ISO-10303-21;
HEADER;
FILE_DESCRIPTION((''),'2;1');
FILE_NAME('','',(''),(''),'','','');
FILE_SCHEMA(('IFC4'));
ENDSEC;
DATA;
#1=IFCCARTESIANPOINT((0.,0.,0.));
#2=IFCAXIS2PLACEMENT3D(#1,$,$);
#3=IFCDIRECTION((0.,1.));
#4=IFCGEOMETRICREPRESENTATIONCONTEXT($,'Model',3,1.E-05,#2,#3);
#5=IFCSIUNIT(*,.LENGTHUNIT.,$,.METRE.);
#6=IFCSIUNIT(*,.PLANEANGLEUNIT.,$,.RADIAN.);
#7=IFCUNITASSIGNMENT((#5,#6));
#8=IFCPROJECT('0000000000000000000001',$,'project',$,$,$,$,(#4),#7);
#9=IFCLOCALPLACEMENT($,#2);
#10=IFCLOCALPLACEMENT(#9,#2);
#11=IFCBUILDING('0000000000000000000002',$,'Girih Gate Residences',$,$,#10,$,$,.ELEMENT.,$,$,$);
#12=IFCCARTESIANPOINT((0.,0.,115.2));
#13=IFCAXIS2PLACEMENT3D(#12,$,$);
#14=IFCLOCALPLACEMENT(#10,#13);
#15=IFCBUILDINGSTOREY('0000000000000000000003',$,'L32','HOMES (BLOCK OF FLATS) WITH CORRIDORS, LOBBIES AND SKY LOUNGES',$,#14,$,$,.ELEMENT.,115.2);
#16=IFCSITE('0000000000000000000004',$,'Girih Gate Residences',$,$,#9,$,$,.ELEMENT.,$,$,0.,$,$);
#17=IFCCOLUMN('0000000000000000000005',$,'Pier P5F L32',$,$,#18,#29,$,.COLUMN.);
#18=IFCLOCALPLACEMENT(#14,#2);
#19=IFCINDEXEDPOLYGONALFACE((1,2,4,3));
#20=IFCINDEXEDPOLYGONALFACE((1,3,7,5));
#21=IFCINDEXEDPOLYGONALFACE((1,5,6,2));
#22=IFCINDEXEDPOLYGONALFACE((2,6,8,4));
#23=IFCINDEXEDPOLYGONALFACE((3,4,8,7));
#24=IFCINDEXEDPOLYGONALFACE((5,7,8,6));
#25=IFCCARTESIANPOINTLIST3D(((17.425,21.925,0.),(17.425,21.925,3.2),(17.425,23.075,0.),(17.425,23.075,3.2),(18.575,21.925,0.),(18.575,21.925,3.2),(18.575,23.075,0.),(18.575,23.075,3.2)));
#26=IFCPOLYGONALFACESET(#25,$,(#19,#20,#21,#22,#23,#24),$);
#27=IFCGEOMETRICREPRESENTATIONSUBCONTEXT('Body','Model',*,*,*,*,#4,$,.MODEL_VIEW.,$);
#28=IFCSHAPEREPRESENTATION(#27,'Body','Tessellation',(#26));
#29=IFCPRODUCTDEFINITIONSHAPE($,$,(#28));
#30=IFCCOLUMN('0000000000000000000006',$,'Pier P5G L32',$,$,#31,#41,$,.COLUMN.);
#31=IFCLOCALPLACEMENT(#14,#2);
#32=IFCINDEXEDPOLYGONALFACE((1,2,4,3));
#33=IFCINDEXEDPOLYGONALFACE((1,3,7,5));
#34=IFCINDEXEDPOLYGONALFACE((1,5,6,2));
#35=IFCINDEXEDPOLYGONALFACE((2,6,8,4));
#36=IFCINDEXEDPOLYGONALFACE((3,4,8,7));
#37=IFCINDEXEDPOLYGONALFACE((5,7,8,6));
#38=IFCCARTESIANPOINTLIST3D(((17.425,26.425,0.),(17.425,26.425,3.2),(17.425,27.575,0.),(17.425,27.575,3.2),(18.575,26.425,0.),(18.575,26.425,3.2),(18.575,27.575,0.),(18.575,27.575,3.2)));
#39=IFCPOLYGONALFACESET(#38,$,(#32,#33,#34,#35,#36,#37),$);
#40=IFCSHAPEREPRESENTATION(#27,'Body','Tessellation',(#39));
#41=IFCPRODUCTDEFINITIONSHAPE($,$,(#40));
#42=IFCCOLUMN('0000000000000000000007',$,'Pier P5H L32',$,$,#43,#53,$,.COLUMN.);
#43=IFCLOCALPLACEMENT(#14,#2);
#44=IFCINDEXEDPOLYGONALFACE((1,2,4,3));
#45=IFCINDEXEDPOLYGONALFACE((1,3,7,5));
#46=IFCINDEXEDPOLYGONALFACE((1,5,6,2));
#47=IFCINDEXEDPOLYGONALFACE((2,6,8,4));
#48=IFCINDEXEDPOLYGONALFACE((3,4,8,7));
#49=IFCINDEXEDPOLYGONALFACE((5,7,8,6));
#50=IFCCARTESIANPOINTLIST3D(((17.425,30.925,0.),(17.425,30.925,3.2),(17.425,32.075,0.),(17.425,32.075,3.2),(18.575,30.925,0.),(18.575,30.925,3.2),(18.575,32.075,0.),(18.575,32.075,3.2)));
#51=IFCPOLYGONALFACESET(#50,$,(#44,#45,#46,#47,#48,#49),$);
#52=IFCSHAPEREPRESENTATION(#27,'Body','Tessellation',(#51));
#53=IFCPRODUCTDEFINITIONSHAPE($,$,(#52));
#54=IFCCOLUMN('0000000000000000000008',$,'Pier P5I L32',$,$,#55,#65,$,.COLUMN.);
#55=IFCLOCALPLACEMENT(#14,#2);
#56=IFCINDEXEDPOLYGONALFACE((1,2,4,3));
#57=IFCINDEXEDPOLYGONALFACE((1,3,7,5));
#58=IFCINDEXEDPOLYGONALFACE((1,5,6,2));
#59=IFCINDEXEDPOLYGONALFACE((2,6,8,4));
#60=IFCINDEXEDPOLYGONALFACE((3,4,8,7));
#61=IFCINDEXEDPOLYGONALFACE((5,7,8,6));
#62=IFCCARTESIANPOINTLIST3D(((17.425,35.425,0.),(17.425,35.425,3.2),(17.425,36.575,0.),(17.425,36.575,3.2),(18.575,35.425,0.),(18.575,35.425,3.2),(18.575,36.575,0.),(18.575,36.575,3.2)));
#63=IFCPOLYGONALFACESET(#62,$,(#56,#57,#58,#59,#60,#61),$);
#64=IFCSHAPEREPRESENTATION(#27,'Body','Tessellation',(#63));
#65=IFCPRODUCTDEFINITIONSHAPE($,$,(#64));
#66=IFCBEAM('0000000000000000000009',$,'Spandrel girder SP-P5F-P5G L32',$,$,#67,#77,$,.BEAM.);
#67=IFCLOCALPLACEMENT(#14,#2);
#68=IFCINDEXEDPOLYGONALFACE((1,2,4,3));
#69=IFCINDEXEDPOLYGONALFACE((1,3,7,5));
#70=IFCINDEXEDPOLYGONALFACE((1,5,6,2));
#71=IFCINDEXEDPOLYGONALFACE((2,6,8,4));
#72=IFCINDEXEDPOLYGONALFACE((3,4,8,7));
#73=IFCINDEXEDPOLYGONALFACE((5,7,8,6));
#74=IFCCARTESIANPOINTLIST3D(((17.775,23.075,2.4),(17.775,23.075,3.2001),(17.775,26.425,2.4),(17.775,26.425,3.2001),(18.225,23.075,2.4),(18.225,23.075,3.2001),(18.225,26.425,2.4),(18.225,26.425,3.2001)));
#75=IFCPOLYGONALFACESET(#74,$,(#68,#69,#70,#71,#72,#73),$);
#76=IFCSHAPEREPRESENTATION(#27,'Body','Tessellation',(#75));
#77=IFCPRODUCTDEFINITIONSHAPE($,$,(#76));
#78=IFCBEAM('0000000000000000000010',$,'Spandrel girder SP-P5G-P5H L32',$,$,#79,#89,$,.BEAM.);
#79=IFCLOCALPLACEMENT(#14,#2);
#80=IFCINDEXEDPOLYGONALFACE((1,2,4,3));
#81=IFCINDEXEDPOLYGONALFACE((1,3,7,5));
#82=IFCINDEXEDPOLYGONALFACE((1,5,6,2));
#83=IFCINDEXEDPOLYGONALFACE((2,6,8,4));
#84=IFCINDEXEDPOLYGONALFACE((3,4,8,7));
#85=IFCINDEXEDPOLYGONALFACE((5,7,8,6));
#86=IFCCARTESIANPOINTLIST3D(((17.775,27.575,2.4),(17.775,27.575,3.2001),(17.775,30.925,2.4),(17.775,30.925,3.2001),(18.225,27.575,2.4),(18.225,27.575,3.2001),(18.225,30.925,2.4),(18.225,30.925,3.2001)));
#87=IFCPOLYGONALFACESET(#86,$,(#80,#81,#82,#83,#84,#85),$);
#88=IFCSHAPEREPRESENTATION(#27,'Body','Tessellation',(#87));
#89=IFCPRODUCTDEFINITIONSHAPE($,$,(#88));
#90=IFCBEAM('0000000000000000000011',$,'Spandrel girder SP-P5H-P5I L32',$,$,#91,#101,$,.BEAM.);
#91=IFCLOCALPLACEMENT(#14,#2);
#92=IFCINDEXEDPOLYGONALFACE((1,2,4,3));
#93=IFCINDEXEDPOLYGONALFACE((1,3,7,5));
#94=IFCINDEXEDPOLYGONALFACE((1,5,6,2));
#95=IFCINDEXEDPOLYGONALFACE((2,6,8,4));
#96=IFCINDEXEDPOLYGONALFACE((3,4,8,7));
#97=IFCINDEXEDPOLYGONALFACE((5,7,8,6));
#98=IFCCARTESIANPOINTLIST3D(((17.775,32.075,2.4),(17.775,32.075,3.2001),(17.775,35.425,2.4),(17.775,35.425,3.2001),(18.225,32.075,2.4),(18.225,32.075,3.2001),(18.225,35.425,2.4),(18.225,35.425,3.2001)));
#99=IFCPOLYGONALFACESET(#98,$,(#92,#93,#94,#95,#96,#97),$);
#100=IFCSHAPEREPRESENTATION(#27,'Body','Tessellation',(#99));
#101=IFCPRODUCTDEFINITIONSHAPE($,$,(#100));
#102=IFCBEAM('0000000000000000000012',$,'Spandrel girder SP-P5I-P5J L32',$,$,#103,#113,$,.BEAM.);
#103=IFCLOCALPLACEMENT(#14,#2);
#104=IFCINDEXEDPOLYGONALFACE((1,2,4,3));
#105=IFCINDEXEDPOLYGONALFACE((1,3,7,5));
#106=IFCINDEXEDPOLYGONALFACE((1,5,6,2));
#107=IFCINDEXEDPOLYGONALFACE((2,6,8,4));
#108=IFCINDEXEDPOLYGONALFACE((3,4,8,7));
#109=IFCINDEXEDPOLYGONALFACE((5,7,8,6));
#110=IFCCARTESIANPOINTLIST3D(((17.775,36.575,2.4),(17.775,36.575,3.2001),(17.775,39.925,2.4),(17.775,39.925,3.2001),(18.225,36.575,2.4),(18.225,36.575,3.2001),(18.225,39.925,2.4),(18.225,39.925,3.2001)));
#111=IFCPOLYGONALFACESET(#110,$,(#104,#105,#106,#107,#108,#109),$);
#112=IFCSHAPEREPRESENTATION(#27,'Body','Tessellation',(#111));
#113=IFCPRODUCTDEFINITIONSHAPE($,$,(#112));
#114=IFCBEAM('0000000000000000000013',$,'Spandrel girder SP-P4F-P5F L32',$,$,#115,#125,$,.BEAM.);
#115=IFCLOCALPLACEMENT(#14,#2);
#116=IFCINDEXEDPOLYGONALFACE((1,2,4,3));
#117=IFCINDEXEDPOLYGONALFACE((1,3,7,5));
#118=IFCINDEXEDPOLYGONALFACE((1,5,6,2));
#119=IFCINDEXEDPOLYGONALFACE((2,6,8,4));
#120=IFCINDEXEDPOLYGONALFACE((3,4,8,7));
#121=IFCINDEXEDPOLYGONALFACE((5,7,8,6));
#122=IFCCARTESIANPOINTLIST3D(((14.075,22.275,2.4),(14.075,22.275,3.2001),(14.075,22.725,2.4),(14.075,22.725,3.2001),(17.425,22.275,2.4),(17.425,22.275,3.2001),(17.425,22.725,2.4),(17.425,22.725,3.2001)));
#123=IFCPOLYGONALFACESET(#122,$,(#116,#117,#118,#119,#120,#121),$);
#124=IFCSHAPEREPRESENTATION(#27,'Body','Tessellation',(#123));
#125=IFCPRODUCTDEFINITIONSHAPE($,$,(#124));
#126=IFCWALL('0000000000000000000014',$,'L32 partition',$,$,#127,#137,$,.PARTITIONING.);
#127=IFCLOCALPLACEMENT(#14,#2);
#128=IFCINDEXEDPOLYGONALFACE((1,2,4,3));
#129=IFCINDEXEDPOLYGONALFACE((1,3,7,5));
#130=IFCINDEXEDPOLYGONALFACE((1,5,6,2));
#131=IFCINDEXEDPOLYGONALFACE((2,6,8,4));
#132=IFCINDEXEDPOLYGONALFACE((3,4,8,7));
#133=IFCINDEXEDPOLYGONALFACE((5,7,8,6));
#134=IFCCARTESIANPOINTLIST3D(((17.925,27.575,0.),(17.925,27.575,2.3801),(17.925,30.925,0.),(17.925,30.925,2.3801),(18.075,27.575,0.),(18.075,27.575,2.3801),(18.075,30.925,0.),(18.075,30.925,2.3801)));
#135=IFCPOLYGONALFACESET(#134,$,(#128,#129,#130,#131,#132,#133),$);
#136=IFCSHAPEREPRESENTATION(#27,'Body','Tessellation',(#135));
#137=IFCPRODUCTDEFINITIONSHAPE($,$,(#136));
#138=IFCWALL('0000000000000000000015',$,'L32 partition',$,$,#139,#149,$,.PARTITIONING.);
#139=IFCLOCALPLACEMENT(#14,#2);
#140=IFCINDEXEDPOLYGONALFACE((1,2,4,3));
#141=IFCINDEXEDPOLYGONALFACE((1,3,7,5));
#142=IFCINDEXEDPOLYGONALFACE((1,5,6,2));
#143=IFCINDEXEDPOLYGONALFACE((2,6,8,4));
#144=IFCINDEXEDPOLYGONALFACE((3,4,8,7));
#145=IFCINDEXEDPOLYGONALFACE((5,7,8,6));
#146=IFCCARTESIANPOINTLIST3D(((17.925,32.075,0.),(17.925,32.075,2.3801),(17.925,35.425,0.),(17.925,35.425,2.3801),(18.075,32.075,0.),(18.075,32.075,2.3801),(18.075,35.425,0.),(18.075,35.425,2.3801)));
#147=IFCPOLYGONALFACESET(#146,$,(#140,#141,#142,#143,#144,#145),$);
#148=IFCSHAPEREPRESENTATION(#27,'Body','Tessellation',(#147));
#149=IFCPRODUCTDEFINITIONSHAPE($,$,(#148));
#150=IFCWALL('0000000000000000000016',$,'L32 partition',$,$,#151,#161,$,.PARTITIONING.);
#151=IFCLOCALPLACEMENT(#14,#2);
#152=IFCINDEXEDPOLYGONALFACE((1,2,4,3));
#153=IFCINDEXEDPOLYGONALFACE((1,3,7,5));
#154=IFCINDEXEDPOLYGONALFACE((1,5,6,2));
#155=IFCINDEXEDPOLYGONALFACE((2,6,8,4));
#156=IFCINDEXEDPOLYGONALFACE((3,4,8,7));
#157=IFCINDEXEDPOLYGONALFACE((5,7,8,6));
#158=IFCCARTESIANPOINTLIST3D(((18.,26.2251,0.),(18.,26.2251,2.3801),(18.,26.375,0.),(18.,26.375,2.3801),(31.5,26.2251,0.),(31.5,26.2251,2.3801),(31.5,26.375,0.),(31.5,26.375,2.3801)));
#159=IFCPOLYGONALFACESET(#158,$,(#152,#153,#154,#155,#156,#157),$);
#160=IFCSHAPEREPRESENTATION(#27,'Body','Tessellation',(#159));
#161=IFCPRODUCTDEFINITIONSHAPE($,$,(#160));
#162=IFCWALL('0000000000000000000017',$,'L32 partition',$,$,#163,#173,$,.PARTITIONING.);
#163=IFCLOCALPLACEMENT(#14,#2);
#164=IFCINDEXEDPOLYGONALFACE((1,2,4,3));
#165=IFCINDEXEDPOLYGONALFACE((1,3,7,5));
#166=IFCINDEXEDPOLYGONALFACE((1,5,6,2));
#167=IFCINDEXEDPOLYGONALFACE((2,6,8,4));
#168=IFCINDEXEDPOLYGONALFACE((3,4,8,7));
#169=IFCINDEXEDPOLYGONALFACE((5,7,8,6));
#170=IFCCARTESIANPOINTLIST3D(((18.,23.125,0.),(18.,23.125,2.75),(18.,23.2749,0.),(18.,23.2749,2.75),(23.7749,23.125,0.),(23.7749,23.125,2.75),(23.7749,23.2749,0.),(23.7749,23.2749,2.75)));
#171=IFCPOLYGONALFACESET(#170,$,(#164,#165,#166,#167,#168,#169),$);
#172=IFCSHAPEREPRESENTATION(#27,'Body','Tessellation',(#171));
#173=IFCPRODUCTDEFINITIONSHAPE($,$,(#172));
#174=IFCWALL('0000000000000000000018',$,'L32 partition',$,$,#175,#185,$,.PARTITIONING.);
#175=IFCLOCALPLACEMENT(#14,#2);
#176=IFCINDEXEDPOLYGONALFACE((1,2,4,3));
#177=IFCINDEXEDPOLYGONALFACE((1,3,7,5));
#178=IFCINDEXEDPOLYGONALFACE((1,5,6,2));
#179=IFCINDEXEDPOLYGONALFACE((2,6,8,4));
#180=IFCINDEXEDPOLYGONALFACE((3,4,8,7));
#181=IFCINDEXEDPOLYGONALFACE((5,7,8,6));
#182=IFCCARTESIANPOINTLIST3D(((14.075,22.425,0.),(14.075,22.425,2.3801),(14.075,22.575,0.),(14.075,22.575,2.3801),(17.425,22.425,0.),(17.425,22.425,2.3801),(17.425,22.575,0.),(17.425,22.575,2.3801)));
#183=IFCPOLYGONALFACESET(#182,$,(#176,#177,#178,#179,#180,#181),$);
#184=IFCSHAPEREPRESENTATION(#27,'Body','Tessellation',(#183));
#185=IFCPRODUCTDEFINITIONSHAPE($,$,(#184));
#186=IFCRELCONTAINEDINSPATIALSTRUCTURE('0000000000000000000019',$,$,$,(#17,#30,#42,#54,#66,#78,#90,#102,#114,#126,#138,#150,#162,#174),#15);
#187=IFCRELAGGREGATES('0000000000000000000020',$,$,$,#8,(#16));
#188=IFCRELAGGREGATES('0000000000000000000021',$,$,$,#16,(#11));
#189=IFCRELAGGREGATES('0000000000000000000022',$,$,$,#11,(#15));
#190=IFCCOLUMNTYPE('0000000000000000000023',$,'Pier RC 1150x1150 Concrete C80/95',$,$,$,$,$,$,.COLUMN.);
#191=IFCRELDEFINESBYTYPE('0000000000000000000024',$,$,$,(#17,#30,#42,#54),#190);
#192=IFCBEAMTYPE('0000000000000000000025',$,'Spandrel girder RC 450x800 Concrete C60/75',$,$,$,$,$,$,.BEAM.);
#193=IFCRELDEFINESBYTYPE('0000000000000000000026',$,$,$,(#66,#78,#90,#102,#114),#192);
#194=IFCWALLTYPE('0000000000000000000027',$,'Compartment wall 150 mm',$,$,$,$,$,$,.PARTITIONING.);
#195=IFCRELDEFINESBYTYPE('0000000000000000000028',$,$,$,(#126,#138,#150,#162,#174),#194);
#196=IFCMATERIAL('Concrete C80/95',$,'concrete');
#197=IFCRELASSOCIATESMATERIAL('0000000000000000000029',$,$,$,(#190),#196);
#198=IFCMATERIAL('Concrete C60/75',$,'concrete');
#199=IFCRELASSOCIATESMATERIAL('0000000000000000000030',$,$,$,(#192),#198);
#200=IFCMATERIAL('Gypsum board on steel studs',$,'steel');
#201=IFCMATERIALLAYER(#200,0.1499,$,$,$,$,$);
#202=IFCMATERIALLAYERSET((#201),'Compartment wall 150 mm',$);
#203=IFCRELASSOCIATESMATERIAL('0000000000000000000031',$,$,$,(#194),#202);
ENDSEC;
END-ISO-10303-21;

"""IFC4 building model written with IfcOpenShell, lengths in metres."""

from ifc_helpers import new_model, si_unit, direction, frame, frame_2d, origin, origin_2d, place, context, subcontext, project, spatial, rectangle, extrude, material, layer, layer_set, material_profile, profile_set, type_object, element, save


model = new_model("IFC4")

# Units and contexts
model_context = context("Model", 3, precision=1e-05, world=origin(), true_north=direction((0.0, 1.0)))
body_context = subcontext(model_context, "Body", "Model", "MODEL_VIEW")
ifc_project = project(units=[si_unit("LENGTHUNIT", "METRE"), si_unit("PLANEANGLEUNIT", "RADIAN")], contexts=[model_context])

# Site, building, storey
site_placement = place(None, origin())
site = spatial("IfcSite", under=ifc_project, at=site_placement, Name="Girih Gate Residences", CompositionType="ELEMENT", RefElevation=0.0)
building_placement = place(site_placement, origin())
building = spatial("IfcBuilding", under=site, at=building_placement, Name="Girih Gate Residences", CompositionType="ELEMENT")
storey_placement = place(building_placement, frame((0.0, 0.0, 115.2)))
storey = spatial("IfcBuildingStorey", under=building, at=storey_placement, Name="L32", Description="HOMES (BLOCK OF FLATS) WITH CORRIDORS, LOBBIES AND SKY LOUNGES", CompositionType="ELEMENT", Elevation=115.2)

# Columns
ifc_material_1 = material(Name="Concrete C80/95", Category="concrete")
ifc_material_profile_1 = material_profile(ifc_material_1, rectangle(XDim=1.1499, YDim=1.1499, at=origin_2d()))
ifc_profile_set_1 = profile_set([ifc_material_profile_1], Name="Concrete C80/95")
column_type = type_object("IfcColumnType", Name="Pier RC 1150x1150 Concrete C80/95", PredefinedType="COLUMN", material=ifc_profile_set_1)
for number, where, z_axis, x_axis, name in (
    (1, (18.0, 22.5, 0.0), (0.0, 0.0, 1.0), (1.0, 0.0, 0.0), "Pier P5F L32"),
    (2, (18.0, 27.0, 0.0), (0.0, 0.0, 1.0), (1.0, 0.0, 0.0), "Pier P5G L32"),
    (3, (18.0, 31.5, 0.0), (0.0, 0.0, 1.0), (1.0, 0.0, 0.0), "Pier P5H L32"),
    (4, (18.0, 36.0, 0.0), (0.0, 0.0, 1.0), (1.0, 0.0, 0.0), "Pier P5I L32"),
):
    element("IfcColumn", number, at=place(storey_placement, frame(where, z_axis=z_axis, x_axis=x_axis)), inside=storey, type_object=column_type, Name=name, PredefinedType="COLUMN", context=body_context, shape_type="SweptSolid", body=[
        extrude(rectangle(XDim=1.1499, YDim=1.1499, at=origin_2d()), origin(), (0.0, 0.0, 1.0), 3.2),
    ])

# Beams
ifc_material_2 = material(Name="Concrete C60/75", Category="concrete")
ifc_material_profile_2 = material_profile(ifc_material_2, rectangle(XDim=0.45, YDim=0.8, at=origin_2d()))
ifc_profile_set_2 = profile_set([ifc_material_profile_2], Name="Concrete C60/75")
beam_type = type_object("IfcBeamType", Name="Spandrel girder RC 450x800 Concrete C60/75", PredefinedType="BEAM", material=ifc_profile_set_2)
for number, where, z_axis, x_axis, name in (
    (5, (18.0, 23.075, 2.8), (0.0, 1.0, 0.0), (-1.0, 0.0, 0.0), "Spandrel girder SP-P5F-P5G L32"),
    (6, (18.0, 27.575, 2.8), (0.0, 1.0, 0.0), (-1.0, 0.0, 0.0), "Spandrel girder SP-P5G-P5H L32"),
    (7, (18.0, 32.075, 2.8), (0.0, 1.0, 0.0), (-1.0, 0.0, 0.0), "Spandrel girder SP-P5H-P5I L32"),
    (8, (18.0, 36.575, 2.8), (0.0, 1.0, 0.0), (-1.0, 0.0, 0.0), "Spandrel girder SP-P5I-P5J L32"),
    (9, (14.075, 22.5, 2.8), (1.0, 0.0, 0.0), (0.0, 1.0, 0.0), "Spandrel girder SP-P4F-P5F L32"),
):
    element("IfcBeam", number, at=place(storey_placement, frame(where, z_axis=z_axis, x_axis=x_axis)), inside=storey, type_object=beam_type, Name=name, PredefinedType="BEAM", context=body_context, shape_type="SweptSolid", body=[
        extrude(rectangle(XDim=0.45, YDim=0.8, at=origin_2d()), origin(), (0.0, 0.0, 1.0), 3.3501),
    ])

# Walls
ifc_material_3 = material(Name="Gypsum board on steel studs", Category="steel")
ifc_layer_1 = layer(ifc_material_3, 0.1499)
ifc_layer_set_1 = layer_set([ifc_layer_1], Name="Compartment wall 150 mm")
wall_type_1 = type_object("IfcWallType", Name="Compartment wall 150 mm", PredefinedType="PARTITIONING", material=ifc_layer_set_1)
for number, where, z_axis, x_axis, name in (
    (10, (18.0, 27.575, 0.0), (0.0, 0.0, 1.0), (0.0, 1.0, 0.0), "L32 partition"),
    (11, (18.0, 32.075, 0.0), (0.0, 0.0, 1.0), (0.0, 1.0, 0.0), "L32 partition"),
):
    element("IfcWall", number, at=place(storey_placement, frame(where, z_axis=z_axis, x_axis=x_axis)), inside=storey, type_object=wall_type_1, Name=name, PredefinedType="PARTITIONING", context=body_context, shape_type="SweptSolid", body=[
        extrude(rectangle(XDim=3.3501, YDim=0.1499, at=frame_2d((1.675, 0.0))), origin(), (0.0, 0.0, 1.0), 2.3801),
    ])
wall_1_placement = place(storey_placement, frame((18.0, 26.3, 0.0), z_axis=(0.0, 0.0, 1.0), x_axis=(1.0, 0.0, 0.0)))
element("IfcWall", 12, at=wall_1_placement, inside=storey, type_object=wall_type_1, Name="L32 partition", PredefinedType="PARTITIONING", context=body_context, shape_type="SweptSolid", body=[
    extrude(rectangle(XDim=13.5, YDim=0.1499, at=frame_2d((6.75, 0.0))), origin(), (0.0, 0.0, 1.0), 2.3801),
])
wall_2_placement = place(storey_placement, frame((18.0, 23.2, 0.0), z_axis=(0.0, 0.0, 1.0), x_axis=(1.0, 0.0, 0.0)))
element("IfcWall", 13, at=wall_2_placement, inside=storey, type_object=wall_type_1, Name="L32 partition", PredefinedType="PARTITIONING", context=body_context, shape_type="SweptSolid", body=[
    extrude(rectangle(XDim=5.7749, YDim=0.1499, at=frame_2d((2.8875, 0.0))), origin(), (0.0, 0.0, 1.0), 2.75),
])
wall_3_placement = place(storey_placement, frame((14.075, 22.5, 0.0), z_axis=(0.0, 0.0, 1.0), x_axis=(1.0, 0.0, 0.0)))
element("IfcWall", 14, at=wall_3_placement, inside=storey, type_object=wall_type_1, Name="L32 partition", PredefinedType="PARTITIONING", context=body_context, shape_type="SweptSolid", body=[
    extrude(rectangle(XDim=3.3501, YDim=0.1499, at=frame_2d((1.675, 0.0))), origin(), (0.0, 0.0, 1.0), 2.3801),
])

save(model, "model.ifc")
